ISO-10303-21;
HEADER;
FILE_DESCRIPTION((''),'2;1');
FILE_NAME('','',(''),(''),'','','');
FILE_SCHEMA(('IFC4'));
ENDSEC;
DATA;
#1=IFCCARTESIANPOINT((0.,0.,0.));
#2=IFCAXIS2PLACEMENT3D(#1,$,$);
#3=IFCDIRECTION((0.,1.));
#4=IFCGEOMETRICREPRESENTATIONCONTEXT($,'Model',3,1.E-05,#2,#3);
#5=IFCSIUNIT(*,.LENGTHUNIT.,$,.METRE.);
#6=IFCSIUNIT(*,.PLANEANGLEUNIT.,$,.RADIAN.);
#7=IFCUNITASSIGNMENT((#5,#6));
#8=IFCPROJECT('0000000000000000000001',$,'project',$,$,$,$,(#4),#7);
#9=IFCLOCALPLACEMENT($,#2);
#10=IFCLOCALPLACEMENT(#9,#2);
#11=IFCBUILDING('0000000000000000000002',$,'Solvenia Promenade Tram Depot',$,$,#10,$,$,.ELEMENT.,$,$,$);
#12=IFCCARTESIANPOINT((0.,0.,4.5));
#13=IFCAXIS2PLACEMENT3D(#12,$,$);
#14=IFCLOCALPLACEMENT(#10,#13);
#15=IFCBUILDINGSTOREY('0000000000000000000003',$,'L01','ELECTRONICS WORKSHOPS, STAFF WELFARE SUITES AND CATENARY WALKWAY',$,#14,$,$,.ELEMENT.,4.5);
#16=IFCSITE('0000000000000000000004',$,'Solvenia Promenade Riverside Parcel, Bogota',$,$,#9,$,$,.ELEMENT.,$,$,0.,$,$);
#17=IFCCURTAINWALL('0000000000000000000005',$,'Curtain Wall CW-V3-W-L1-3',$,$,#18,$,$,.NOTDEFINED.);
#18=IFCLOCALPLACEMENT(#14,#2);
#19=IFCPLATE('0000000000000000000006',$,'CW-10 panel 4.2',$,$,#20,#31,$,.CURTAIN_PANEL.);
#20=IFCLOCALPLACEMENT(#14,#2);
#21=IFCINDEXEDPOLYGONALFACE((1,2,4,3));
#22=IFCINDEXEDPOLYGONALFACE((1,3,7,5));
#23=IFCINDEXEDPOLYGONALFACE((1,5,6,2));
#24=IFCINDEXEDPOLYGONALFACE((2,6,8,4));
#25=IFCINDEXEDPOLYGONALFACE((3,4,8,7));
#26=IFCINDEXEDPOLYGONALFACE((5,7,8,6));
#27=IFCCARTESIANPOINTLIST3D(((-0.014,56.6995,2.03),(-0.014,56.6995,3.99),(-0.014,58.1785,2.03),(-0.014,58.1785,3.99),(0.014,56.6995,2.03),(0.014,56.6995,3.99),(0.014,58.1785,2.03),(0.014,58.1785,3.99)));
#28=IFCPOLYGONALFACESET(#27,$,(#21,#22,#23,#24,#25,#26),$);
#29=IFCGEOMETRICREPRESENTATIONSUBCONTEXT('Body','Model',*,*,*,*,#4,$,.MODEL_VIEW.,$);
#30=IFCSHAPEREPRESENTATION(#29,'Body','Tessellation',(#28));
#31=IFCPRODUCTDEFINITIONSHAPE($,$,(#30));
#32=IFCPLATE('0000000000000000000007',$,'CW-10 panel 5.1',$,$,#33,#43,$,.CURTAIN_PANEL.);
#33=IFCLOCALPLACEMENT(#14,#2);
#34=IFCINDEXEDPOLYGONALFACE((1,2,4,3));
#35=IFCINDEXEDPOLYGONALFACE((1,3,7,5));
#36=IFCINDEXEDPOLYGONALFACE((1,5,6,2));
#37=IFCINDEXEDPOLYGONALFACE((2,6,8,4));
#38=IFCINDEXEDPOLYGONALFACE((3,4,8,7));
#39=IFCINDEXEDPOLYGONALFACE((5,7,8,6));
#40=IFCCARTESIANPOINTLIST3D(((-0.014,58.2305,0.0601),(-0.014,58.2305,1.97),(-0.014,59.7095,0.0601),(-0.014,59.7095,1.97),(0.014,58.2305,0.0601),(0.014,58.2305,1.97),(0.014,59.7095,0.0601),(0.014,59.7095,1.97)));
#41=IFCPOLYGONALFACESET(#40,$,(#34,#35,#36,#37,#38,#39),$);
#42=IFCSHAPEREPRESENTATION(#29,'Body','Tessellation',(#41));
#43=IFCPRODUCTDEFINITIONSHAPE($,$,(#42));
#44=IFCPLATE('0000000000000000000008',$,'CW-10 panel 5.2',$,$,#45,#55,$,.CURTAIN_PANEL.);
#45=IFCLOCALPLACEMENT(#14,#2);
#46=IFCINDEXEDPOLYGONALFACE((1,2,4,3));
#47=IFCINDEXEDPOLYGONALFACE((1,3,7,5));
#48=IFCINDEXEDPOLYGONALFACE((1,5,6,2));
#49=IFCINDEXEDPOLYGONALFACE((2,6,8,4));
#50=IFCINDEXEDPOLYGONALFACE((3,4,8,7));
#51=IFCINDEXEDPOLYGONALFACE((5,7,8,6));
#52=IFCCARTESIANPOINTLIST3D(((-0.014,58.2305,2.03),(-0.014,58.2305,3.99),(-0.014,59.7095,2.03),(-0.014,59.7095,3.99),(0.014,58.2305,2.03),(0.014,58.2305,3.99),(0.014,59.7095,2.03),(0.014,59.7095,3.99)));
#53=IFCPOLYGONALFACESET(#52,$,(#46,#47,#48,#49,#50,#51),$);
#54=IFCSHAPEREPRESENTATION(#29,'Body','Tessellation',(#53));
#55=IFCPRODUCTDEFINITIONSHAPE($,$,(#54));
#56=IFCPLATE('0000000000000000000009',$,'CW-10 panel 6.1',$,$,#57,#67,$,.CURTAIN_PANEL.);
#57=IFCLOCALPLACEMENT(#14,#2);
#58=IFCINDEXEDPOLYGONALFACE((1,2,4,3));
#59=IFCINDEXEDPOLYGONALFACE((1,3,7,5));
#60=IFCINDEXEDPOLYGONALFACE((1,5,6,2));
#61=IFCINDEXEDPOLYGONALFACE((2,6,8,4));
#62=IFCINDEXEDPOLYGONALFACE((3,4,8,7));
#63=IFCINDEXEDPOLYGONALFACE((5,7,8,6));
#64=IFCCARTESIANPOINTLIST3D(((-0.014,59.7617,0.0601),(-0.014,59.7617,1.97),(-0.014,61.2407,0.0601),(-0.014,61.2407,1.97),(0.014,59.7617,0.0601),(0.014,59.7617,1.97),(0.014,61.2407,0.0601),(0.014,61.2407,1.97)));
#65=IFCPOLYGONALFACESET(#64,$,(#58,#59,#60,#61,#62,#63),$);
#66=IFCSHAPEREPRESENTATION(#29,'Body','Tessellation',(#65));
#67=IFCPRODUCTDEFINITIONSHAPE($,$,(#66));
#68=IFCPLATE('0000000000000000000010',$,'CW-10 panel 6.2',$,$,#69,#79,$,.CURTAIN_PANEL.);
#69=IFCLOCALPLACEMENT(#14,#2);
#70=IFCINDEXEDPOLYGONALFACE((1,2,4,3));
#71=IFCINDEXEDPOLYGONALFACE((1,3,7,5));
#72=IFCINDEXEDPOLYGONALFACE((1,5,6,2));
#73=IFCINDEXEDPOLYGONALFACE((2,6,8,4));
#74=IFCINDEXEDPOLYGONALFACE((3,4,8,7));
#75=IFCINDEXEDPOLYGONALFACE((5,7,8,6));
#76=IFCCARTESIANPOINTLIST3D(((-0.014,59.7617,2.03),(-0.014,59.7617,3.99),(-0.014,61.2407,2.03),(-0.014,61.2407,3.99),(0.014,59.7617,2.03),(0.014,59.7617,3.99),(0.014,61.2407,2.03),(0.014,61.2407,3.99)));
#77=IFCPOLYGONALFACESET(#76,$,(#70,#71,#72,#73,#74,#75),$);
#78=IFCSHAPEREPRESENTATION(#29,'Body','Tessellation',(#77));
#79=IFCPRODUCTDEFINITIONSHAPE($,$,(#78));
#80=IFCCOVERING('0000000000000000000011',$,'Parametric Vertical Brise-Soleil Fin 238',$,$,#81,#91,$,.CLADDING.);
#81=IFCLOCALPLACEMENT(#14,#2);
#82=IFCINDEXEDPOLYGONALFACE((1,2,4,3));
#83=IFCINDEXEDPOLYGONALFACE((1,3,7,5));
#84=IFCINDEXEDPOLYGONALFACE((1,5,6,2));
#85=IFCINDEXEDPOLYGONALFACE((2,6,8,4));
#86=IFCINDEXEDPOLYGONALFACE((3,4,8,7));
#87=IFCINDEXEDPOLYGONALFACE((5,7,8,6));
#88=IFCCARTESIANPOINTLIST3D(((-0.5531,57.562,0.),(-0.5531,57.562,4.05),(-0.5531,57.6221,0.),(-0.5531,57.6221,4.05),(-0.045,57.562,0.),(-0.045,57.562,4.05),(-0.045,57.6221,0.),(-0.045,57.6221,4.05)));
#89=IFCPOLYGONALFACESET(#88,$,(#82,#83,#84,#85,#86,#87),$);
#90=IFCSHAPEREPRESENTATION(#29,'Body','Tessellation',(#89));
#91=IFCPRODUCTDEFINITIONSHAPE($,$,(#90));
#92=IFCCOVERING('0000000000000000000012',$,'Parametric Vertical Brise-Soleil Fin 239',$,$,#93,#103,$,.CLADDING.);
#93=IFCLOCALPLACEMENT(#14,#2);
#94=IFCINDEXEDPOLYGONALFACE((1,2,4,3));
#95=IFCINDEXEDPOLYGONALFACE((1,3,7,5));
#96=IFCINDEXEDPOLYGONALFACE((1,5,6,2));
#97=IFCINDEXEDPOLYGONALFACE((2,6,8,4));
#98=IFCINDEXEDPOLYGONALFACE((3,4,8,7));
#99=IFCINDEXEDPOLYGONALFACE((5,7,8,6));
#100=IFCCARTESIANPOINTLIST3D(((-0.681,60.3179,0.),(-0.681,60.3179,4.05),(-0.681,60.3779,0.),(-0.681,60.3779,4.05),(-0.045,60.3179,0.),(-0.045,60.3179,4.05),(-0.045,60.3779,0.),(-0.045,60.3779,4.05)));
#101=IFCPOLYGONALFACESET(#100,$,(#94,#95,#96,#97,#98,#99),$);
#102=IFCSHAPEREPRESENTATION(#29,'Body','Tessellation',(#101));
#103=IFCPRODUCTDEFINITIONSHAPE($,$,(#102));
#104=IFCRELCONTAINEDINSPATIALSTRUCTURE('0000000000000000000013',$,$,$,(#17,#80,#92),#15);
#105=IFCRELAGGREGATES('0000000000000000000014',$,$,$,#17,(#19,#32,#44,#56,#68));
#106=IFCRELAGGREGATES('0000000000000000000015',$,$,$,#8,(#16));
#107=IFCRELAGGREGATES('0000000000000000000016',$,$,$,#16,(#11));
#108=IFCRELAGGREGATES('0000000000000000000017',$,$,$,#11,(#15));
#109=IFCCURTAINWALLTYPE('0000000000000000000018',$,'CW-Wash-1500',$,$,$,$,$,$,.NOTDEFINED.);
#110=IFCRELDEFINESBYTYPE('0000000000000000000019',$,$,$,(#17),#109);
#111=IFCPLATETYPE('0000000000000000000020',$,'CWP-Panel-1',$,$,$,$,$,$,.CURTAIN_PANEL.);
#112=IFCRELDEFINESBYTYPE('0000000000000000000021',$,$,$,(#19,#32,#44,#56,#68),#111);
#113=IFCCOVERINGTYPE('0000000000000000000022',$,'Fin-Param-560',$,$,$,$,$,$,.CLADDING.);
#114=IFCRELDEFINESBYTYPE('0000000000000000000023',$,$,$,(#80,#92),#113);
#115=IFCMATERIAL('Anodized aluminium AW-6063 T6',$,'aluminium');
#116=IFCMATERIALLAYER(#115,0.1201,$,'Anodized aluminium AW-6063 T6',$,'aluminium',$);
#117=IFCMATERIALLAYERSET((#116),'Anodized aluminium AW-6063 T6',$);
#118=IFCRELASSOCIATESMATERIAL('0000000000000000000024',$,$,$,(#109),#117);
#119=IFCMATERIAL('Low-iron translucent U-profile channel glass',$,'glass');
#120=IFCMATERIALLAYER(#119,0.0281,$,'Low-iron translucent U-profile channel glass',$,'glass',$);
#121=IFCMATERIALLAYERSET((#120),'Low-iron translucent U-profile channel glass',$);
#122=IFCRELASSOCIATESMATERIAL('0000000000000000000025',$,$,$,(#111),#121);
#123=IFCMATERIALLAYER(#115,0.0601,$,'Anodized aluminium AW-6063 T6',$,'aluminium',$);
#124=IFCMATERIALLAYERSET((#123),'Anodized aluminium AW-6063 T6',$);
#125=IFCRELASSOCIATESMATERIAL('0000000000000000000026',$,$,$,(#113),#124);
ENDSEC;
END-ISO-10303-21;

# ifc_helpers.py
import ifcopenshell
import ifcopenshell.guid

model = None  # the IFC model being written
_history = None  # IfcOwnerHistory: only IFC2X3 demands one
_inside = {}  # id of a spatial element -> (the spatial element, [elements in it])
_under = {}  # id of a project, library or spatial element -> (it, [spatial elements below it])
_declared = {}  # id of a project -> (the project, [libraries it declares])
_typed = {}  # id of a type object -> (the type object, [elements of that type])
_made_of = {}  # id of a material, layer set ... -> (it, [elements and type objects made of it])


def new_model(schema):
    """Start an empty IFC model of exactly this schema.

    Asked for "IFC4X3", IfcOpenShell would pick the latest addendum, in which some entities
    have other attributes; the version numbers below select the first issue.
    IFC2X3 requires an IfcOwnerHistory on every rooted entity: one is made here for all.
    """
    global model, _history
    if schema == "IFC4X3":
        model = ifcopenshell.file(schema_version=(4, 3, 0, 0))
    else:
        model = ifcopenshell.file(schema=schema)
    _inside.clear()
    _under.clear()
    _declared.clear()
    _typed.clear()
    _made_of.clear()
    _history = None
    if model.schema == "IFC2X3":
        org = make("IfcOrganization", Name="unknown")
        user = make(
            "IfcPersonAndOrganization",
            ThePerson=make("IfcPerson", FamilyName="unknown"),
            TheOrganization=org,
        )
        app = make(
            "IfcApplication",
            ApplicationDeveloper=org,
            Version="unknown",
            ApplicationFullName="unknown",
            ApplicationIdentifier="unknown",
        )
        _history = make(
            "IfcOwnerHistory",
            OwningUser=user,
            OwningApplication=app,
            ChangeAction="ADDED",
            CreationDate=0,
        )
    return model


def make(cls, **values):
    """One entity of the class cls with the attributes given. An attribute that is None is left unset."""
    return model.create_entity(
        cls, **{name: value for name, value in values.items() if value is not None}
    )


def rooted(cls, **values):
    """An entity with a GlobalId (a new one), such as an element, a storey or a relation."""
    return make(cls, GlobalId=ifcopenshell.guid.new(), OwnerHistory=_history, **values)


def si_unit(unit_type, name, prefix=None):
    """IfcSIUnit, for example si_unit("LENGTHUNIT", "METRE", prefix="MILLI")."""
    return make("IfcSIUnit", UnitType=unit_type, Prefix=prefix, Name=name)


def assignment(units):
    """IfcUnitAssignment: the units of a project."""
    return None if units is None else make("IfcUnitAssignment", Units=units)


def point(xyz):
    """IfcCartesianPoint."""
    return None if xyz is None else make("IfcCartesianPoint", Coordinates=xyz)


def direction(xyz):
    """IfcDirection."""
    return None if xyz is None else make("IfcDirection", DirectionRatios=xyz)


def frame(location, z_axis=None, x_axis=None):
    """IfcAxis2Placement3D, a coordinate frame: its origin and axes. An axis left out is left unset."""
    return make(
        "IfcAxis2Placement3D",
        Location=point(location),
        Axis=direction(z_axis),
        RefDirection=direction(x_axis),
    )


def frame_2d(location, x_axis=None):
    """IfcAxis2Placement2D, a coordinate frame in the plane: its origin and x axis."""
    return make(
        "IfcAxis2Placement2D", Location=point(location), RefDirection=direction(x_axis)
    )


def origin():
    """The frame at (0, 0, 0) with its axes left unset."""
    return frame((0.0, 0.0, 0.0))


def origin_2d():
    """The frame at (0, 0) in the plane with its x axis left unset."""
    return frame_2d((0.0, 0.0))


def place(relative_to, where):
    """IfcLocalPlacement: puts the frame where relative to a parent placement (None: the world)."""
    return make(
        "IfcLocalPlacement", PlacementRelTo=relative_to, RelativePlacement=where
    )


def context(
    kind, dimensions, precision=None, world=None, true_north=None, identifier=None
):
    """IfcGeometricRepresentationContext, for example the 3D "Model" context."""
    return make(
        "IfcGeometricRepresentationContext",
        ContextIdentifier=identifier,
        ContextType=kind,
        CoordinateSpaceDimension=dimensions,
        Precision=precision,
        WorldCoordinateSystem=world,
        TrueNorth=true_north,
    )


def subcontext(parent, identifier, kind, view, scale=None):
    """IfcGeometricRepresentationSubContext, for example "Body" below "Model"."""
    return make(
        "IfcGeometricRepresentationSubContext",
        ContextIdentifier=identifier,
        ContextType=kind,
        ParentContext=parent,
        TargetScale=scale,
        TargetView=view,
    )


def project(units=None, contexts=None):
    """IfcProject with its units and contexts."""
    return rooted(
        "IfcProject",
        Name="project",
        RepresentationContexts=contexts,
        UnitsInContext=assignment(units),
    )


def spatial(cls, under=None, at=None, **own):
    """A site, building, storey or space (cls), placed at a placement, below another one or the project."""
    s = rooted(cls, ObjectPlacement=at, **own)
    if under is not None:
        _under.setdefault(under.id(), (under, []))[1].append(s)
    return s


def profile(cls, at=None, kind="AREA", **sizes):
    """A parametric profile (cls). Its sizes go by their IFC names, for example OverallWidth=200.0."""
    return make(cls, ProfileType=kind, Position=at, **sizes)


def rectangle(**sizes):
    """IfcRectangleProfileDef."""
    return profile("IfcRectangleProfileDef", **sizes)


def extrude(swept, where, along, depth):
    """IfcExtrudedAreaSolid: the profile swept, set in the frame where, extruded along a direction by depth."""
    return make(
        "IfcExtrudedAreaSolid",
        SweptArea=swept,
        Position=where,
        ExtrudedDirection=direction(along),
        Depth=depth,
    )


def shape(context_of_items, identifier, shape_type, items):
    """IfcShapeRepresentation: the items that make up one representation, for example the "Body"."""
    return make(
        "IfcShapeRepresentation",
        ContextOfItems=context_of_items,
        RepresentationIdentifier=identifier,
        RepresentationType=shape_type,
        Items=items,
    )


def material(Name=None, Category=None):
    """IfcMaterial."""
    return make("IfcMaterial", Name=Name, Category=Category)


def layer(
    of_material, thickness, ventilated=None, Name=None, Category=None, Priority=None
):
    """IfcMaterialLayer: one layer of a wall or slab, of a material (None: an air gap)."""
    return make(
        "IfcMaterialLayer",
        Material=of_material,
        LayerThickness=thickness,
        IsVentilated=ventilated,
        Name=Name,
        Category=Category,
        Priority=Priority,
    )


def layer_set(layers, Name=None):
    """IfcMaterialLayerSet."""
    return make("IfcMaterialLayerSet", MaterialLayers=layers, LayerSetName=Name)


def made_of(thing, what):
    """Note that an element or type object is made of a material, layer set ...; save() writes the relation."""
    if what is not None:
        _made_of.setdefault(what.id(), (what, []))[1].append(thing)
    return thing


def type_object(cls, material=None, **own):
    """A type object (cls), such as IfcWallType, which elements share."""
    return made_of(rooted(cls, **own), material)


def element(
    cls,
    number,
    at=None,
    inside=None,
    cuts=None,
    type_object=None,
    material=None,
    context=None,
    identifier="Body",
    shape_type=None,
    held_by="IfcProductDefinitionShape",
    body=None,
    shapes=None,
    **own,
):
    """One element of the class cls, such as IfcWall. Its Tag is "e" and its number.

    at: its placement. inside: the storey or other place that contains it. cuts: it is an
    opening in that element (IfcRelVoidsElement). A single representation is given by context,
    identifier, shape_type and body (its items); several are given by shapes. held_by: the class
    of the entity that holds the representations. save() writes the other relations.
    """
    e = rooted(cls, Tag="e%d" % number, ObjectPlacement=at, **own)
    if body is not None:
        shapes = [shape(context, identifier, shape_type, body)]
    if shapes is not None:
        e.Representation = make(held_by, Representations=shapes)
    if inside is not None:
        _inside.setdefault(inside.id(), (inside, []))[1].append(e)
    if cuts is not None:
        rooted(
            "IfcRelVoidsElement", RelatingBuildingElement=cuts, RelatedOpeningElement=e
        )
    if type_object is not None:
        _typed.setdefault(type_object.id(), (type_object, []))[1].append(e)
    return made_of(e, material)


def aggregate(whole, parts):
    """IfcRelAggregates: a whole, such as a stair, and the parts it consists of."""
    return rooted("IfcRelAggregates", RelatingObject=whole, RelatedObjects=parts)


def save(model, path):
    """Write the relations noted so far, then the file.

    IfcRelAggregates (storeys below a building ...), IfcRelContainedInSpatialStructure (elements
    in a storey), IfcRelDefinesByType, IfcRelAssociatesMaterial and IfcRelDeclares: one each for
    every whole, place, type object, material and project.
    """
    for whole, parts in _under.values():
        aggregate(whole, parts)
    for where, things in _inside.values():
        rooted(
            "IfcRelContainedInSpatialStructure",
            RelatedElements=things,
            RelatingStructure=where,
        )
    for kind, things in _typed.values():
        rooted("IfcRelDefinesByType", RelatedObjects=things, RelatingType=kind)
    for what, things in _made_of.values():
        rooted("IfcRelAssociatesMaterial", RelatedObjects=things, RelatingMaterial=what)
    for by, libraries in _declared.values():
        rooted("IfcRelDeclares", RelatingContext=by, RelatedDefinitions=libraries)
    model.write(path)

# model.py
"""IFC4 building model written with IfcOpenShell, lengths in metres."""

from ifc_helpers import new_model, si_unit, direction, frame, origin, origin_2d, place, context, subcontext, project, spatial, rectangle, extrude, material, layer, layer_set, type_object, element, aggregate, save


model = new_model("IFC4")

# Units and contexts
model_context = context("Model", 3, precision=1e-05, world=origin(), true_north=direction((0.0, 1.0)))
body_context = subcontext(model_context, "Body", "Model", "MODEL_VIEW")
ifc_project = project(units=[si_unit("LENGTHUNIT", "METRE"), si_unit("PLANEANGLEUNIT", "RADIAN")], contexts=[model_context])

# Site, building, storey
site_placement = place(None, origin())
site = spatial("IfcSite", under=ifc_project, at=site_placement, Name="Solvenia Promenade Riverside Parcel, Bogota", CompositionType="ELEMENT", RefElevation=0.0)
building_placement = place(site_placement, origin())
building = spatial("IfcBuilding", under=site, at=building_placement, Name="Solvenia Promenade Tram Depot", CompositionType="ELEMENT")
storey_placement = place(building_placement, frame((0.0, 0.0, 4.5)))
storey = spatial("IfcBuildingStorey", under=building, at=storey_placement, Name="L01", Description="ELECTRONICS WORKSHOPS, STAFF WELFARE SUITES AND CATENARY WALKWAY", CompositionType="ELEMENT", Elevation=4.5)

# Curtain wall
ifc_material_1 = material(Name="Anodized aluminium AW-6063 T6", Category="aluminium")
ifc_layer_1 = layer(ifc_material_1, 0.1201, Name="Anodized aluminium AW-6063 T6", Category="aluminium")
ifc_layer_set_1 = layer_set([ifc_layer_1], Name="Anodized aluminium AW-6063 T6")
curtain_wall_type = type_object("IfcCurtainWallType", Name="CW-Wash-1500", PredefinedType="NOTDEFINED", material=ifc_layer_set_1)
curtain_wall_placement = place(storey_placement, origin())
curtain_wall = element("IfcCurtainWall", 1, at=curtain_wall_placement, inside=storey, type_object=curtain_wall_type, Name="Curtain Wall CW-V3-W-L1-3", PredefinedType="NOTDEFINED")

# Plates
ifc_material_2 = material(Name="Low-iron translucent U-profile channel glass", Category="glass")
ifc_layer_2 = layer(ifc_material_2, 0.0281, Name="Low-iron translucent U-profile channel glass", Category="glass")
ifc_layer_set_2 = layer_set([ifc_layer_2], Name="Low-iron translucent U-profile channel glass")
plate_type = type_object("IfcPlateType", Name="CWP-Panel-1", PredefinedType="CURTAIN_PANEL", material=ifc_layer_set_2)
plate_1_placement = place(storey_placement, frame((0.0, 57.439, 2.03), z_axis=(0.0, 0.0, 1.0), x_axis=(0.0, 1.0, 0.0)))
plate_1 = element("IfcPlate", 2, at=plate_1_placement, type_object=plate_type, Name="CW-10 panel 4.2", PredefinedType="CURTAIN_PANEL", context=body_context, shape_type="SweptSolid", body=[
    extrude(rectangle(XDim=1.479, YDim=0.0281, at=origin_2d()), origin(), (0.0, 0.0, 1.0), 1.96),
])
plate_2_placement = place(storey_placement, frame((0.0, 58.97, 0.0601), z_axis=(0.0, 0.0, 1.0), x_axis=(0.0, 1.0, 0.0)))
plate_2 = element("IfcPlate", 3, at=plate_2_placement, type_object=plate_type, Name="CW-10 panel 5.1", PredefinedType="CURTAIN_PANEL", context=body_context, shape_type="SweptSolid", body=[
    extrude(rectangle(XDim=1.479, YDim=0.0281, at=origin_2d()), origin(), (0.0, 0.0, 1.0), 1.9099),
])
plate_3_placement = place(storey_placement, frame((0.0, 58.97, 2.03), z_axis=(0.0, 0.0, 1.0), x_axis=(0.0, 1.0, 0.0)))
plate_3 = element("IfcPlate", 4, at=plate_3_placement, type_object=plate_type, Name="CW-10 panel 5.2", PredefinedType="CURTAIN_PANEL", context=body_context, shape_type="SweptSolid", body=[
    extrude(rectangle(XDim=1.479, YDim=0.0281, at=origin_2d()), origin(), (0.0, 0.0, 1.0), 1.96),
])
plate_4_placement = place(storey_placement, frame((0.0, 60.5012, 0.0601), z_axis=(0.0, 0.0, 1.0), x_axis=(0.0, 1.0, 0.0)))
plate_4 = element("IfcPlate", 5, at=plate_4_placement, type_object=plate_type, Name="CW-10 panel 6.1", PredefinedType="CURTAIN_PANEL", context=body_context, shape_type="SweptSolid", body=[
    extrude(rectangle(XDim=1.479, YDim=0.0281, at=origin_2d()), origin(), (0.0, 0.0, 1.0), 1.9099),
])
plate_5_placement = place(storey_placement, frame((0.0, 60.5012, 2.03), z_axis=(0.0, 0.0, 1.0), x_axis=(0.0, 1.0, 0.0)))
plate_5 = element("IfcPlate", 6, at=plate_5_placement, type_object=plate_type, Name="CW-10 panel 6.2", PredefinedType="CURTAIN_PANEL", context=body_context, shape_type="SweptSolid", body=[
    extrude(rectangle(XDim=1.479, YDim=0.0281, at=origin_2d()), origin(), (0.0, 0.0, 1.0), 1.96),
])
aggregate(curtain_wall, [plate_1, plate_2, plate_3, plate_4, plate_5])

# Coverings
ifc_layer_3 = layer(ifc_material_1, 0.0601, Name="Anodized aluminium AW-6063 T6", Category="aluminium")
ifc_layer_set_3 = layer_set([ifc_layer_3], Name="Anodized aluminium AW-6063 T6")
covering_type = type_object("IfcCoveringType", Name="Fin-Param-560", PredefinedType="CLADDING", material=ifc_layer_set_3)
covering_1_placement = place(storey_placement, frame((-0.2991, 57.592, 0.0), z_axis=(0.0, 0.0, 1.0), x_axis=(0.0, 1.0, 0.0)))
element("IfcCovering", 7, at=covering_1_placement, inside=storey, type_object=covering_type, Name="Parametric Vertical Brise-Soleil Fin 238", PredefinedType="CLADDING", context=body_context, shape_type="SweptSolid", body=[
    extrude(rectangle(XDim=0.0601, YDim=0.5081, at=origin_2d()), origin(), (0.0, 0.0, 1.0), 4.05),
])
covering_2_placement = place(storey_placement, frame((-0.363, 60.3479, 0.0), z_axis=(0.0, 0.0, 1.0), x_axis=(0.0, 1.0, 0.0)))
element("IfcCovering", 8, at=covering_2_placement, inside=storey, type_object=covering_type, Name="Parametric Vertical Brise-Soleil Fin 239", PredefinedType="CLADDING", context=body_context, shape_type="SweptSolid", body=[
    extrude(rectangle(XDim=0.0601, YDim=0.636, at=origin_2d()), origin(), (0.0, 0.0, 1.0), 4.05),
])

save(model, "model.ifc")
